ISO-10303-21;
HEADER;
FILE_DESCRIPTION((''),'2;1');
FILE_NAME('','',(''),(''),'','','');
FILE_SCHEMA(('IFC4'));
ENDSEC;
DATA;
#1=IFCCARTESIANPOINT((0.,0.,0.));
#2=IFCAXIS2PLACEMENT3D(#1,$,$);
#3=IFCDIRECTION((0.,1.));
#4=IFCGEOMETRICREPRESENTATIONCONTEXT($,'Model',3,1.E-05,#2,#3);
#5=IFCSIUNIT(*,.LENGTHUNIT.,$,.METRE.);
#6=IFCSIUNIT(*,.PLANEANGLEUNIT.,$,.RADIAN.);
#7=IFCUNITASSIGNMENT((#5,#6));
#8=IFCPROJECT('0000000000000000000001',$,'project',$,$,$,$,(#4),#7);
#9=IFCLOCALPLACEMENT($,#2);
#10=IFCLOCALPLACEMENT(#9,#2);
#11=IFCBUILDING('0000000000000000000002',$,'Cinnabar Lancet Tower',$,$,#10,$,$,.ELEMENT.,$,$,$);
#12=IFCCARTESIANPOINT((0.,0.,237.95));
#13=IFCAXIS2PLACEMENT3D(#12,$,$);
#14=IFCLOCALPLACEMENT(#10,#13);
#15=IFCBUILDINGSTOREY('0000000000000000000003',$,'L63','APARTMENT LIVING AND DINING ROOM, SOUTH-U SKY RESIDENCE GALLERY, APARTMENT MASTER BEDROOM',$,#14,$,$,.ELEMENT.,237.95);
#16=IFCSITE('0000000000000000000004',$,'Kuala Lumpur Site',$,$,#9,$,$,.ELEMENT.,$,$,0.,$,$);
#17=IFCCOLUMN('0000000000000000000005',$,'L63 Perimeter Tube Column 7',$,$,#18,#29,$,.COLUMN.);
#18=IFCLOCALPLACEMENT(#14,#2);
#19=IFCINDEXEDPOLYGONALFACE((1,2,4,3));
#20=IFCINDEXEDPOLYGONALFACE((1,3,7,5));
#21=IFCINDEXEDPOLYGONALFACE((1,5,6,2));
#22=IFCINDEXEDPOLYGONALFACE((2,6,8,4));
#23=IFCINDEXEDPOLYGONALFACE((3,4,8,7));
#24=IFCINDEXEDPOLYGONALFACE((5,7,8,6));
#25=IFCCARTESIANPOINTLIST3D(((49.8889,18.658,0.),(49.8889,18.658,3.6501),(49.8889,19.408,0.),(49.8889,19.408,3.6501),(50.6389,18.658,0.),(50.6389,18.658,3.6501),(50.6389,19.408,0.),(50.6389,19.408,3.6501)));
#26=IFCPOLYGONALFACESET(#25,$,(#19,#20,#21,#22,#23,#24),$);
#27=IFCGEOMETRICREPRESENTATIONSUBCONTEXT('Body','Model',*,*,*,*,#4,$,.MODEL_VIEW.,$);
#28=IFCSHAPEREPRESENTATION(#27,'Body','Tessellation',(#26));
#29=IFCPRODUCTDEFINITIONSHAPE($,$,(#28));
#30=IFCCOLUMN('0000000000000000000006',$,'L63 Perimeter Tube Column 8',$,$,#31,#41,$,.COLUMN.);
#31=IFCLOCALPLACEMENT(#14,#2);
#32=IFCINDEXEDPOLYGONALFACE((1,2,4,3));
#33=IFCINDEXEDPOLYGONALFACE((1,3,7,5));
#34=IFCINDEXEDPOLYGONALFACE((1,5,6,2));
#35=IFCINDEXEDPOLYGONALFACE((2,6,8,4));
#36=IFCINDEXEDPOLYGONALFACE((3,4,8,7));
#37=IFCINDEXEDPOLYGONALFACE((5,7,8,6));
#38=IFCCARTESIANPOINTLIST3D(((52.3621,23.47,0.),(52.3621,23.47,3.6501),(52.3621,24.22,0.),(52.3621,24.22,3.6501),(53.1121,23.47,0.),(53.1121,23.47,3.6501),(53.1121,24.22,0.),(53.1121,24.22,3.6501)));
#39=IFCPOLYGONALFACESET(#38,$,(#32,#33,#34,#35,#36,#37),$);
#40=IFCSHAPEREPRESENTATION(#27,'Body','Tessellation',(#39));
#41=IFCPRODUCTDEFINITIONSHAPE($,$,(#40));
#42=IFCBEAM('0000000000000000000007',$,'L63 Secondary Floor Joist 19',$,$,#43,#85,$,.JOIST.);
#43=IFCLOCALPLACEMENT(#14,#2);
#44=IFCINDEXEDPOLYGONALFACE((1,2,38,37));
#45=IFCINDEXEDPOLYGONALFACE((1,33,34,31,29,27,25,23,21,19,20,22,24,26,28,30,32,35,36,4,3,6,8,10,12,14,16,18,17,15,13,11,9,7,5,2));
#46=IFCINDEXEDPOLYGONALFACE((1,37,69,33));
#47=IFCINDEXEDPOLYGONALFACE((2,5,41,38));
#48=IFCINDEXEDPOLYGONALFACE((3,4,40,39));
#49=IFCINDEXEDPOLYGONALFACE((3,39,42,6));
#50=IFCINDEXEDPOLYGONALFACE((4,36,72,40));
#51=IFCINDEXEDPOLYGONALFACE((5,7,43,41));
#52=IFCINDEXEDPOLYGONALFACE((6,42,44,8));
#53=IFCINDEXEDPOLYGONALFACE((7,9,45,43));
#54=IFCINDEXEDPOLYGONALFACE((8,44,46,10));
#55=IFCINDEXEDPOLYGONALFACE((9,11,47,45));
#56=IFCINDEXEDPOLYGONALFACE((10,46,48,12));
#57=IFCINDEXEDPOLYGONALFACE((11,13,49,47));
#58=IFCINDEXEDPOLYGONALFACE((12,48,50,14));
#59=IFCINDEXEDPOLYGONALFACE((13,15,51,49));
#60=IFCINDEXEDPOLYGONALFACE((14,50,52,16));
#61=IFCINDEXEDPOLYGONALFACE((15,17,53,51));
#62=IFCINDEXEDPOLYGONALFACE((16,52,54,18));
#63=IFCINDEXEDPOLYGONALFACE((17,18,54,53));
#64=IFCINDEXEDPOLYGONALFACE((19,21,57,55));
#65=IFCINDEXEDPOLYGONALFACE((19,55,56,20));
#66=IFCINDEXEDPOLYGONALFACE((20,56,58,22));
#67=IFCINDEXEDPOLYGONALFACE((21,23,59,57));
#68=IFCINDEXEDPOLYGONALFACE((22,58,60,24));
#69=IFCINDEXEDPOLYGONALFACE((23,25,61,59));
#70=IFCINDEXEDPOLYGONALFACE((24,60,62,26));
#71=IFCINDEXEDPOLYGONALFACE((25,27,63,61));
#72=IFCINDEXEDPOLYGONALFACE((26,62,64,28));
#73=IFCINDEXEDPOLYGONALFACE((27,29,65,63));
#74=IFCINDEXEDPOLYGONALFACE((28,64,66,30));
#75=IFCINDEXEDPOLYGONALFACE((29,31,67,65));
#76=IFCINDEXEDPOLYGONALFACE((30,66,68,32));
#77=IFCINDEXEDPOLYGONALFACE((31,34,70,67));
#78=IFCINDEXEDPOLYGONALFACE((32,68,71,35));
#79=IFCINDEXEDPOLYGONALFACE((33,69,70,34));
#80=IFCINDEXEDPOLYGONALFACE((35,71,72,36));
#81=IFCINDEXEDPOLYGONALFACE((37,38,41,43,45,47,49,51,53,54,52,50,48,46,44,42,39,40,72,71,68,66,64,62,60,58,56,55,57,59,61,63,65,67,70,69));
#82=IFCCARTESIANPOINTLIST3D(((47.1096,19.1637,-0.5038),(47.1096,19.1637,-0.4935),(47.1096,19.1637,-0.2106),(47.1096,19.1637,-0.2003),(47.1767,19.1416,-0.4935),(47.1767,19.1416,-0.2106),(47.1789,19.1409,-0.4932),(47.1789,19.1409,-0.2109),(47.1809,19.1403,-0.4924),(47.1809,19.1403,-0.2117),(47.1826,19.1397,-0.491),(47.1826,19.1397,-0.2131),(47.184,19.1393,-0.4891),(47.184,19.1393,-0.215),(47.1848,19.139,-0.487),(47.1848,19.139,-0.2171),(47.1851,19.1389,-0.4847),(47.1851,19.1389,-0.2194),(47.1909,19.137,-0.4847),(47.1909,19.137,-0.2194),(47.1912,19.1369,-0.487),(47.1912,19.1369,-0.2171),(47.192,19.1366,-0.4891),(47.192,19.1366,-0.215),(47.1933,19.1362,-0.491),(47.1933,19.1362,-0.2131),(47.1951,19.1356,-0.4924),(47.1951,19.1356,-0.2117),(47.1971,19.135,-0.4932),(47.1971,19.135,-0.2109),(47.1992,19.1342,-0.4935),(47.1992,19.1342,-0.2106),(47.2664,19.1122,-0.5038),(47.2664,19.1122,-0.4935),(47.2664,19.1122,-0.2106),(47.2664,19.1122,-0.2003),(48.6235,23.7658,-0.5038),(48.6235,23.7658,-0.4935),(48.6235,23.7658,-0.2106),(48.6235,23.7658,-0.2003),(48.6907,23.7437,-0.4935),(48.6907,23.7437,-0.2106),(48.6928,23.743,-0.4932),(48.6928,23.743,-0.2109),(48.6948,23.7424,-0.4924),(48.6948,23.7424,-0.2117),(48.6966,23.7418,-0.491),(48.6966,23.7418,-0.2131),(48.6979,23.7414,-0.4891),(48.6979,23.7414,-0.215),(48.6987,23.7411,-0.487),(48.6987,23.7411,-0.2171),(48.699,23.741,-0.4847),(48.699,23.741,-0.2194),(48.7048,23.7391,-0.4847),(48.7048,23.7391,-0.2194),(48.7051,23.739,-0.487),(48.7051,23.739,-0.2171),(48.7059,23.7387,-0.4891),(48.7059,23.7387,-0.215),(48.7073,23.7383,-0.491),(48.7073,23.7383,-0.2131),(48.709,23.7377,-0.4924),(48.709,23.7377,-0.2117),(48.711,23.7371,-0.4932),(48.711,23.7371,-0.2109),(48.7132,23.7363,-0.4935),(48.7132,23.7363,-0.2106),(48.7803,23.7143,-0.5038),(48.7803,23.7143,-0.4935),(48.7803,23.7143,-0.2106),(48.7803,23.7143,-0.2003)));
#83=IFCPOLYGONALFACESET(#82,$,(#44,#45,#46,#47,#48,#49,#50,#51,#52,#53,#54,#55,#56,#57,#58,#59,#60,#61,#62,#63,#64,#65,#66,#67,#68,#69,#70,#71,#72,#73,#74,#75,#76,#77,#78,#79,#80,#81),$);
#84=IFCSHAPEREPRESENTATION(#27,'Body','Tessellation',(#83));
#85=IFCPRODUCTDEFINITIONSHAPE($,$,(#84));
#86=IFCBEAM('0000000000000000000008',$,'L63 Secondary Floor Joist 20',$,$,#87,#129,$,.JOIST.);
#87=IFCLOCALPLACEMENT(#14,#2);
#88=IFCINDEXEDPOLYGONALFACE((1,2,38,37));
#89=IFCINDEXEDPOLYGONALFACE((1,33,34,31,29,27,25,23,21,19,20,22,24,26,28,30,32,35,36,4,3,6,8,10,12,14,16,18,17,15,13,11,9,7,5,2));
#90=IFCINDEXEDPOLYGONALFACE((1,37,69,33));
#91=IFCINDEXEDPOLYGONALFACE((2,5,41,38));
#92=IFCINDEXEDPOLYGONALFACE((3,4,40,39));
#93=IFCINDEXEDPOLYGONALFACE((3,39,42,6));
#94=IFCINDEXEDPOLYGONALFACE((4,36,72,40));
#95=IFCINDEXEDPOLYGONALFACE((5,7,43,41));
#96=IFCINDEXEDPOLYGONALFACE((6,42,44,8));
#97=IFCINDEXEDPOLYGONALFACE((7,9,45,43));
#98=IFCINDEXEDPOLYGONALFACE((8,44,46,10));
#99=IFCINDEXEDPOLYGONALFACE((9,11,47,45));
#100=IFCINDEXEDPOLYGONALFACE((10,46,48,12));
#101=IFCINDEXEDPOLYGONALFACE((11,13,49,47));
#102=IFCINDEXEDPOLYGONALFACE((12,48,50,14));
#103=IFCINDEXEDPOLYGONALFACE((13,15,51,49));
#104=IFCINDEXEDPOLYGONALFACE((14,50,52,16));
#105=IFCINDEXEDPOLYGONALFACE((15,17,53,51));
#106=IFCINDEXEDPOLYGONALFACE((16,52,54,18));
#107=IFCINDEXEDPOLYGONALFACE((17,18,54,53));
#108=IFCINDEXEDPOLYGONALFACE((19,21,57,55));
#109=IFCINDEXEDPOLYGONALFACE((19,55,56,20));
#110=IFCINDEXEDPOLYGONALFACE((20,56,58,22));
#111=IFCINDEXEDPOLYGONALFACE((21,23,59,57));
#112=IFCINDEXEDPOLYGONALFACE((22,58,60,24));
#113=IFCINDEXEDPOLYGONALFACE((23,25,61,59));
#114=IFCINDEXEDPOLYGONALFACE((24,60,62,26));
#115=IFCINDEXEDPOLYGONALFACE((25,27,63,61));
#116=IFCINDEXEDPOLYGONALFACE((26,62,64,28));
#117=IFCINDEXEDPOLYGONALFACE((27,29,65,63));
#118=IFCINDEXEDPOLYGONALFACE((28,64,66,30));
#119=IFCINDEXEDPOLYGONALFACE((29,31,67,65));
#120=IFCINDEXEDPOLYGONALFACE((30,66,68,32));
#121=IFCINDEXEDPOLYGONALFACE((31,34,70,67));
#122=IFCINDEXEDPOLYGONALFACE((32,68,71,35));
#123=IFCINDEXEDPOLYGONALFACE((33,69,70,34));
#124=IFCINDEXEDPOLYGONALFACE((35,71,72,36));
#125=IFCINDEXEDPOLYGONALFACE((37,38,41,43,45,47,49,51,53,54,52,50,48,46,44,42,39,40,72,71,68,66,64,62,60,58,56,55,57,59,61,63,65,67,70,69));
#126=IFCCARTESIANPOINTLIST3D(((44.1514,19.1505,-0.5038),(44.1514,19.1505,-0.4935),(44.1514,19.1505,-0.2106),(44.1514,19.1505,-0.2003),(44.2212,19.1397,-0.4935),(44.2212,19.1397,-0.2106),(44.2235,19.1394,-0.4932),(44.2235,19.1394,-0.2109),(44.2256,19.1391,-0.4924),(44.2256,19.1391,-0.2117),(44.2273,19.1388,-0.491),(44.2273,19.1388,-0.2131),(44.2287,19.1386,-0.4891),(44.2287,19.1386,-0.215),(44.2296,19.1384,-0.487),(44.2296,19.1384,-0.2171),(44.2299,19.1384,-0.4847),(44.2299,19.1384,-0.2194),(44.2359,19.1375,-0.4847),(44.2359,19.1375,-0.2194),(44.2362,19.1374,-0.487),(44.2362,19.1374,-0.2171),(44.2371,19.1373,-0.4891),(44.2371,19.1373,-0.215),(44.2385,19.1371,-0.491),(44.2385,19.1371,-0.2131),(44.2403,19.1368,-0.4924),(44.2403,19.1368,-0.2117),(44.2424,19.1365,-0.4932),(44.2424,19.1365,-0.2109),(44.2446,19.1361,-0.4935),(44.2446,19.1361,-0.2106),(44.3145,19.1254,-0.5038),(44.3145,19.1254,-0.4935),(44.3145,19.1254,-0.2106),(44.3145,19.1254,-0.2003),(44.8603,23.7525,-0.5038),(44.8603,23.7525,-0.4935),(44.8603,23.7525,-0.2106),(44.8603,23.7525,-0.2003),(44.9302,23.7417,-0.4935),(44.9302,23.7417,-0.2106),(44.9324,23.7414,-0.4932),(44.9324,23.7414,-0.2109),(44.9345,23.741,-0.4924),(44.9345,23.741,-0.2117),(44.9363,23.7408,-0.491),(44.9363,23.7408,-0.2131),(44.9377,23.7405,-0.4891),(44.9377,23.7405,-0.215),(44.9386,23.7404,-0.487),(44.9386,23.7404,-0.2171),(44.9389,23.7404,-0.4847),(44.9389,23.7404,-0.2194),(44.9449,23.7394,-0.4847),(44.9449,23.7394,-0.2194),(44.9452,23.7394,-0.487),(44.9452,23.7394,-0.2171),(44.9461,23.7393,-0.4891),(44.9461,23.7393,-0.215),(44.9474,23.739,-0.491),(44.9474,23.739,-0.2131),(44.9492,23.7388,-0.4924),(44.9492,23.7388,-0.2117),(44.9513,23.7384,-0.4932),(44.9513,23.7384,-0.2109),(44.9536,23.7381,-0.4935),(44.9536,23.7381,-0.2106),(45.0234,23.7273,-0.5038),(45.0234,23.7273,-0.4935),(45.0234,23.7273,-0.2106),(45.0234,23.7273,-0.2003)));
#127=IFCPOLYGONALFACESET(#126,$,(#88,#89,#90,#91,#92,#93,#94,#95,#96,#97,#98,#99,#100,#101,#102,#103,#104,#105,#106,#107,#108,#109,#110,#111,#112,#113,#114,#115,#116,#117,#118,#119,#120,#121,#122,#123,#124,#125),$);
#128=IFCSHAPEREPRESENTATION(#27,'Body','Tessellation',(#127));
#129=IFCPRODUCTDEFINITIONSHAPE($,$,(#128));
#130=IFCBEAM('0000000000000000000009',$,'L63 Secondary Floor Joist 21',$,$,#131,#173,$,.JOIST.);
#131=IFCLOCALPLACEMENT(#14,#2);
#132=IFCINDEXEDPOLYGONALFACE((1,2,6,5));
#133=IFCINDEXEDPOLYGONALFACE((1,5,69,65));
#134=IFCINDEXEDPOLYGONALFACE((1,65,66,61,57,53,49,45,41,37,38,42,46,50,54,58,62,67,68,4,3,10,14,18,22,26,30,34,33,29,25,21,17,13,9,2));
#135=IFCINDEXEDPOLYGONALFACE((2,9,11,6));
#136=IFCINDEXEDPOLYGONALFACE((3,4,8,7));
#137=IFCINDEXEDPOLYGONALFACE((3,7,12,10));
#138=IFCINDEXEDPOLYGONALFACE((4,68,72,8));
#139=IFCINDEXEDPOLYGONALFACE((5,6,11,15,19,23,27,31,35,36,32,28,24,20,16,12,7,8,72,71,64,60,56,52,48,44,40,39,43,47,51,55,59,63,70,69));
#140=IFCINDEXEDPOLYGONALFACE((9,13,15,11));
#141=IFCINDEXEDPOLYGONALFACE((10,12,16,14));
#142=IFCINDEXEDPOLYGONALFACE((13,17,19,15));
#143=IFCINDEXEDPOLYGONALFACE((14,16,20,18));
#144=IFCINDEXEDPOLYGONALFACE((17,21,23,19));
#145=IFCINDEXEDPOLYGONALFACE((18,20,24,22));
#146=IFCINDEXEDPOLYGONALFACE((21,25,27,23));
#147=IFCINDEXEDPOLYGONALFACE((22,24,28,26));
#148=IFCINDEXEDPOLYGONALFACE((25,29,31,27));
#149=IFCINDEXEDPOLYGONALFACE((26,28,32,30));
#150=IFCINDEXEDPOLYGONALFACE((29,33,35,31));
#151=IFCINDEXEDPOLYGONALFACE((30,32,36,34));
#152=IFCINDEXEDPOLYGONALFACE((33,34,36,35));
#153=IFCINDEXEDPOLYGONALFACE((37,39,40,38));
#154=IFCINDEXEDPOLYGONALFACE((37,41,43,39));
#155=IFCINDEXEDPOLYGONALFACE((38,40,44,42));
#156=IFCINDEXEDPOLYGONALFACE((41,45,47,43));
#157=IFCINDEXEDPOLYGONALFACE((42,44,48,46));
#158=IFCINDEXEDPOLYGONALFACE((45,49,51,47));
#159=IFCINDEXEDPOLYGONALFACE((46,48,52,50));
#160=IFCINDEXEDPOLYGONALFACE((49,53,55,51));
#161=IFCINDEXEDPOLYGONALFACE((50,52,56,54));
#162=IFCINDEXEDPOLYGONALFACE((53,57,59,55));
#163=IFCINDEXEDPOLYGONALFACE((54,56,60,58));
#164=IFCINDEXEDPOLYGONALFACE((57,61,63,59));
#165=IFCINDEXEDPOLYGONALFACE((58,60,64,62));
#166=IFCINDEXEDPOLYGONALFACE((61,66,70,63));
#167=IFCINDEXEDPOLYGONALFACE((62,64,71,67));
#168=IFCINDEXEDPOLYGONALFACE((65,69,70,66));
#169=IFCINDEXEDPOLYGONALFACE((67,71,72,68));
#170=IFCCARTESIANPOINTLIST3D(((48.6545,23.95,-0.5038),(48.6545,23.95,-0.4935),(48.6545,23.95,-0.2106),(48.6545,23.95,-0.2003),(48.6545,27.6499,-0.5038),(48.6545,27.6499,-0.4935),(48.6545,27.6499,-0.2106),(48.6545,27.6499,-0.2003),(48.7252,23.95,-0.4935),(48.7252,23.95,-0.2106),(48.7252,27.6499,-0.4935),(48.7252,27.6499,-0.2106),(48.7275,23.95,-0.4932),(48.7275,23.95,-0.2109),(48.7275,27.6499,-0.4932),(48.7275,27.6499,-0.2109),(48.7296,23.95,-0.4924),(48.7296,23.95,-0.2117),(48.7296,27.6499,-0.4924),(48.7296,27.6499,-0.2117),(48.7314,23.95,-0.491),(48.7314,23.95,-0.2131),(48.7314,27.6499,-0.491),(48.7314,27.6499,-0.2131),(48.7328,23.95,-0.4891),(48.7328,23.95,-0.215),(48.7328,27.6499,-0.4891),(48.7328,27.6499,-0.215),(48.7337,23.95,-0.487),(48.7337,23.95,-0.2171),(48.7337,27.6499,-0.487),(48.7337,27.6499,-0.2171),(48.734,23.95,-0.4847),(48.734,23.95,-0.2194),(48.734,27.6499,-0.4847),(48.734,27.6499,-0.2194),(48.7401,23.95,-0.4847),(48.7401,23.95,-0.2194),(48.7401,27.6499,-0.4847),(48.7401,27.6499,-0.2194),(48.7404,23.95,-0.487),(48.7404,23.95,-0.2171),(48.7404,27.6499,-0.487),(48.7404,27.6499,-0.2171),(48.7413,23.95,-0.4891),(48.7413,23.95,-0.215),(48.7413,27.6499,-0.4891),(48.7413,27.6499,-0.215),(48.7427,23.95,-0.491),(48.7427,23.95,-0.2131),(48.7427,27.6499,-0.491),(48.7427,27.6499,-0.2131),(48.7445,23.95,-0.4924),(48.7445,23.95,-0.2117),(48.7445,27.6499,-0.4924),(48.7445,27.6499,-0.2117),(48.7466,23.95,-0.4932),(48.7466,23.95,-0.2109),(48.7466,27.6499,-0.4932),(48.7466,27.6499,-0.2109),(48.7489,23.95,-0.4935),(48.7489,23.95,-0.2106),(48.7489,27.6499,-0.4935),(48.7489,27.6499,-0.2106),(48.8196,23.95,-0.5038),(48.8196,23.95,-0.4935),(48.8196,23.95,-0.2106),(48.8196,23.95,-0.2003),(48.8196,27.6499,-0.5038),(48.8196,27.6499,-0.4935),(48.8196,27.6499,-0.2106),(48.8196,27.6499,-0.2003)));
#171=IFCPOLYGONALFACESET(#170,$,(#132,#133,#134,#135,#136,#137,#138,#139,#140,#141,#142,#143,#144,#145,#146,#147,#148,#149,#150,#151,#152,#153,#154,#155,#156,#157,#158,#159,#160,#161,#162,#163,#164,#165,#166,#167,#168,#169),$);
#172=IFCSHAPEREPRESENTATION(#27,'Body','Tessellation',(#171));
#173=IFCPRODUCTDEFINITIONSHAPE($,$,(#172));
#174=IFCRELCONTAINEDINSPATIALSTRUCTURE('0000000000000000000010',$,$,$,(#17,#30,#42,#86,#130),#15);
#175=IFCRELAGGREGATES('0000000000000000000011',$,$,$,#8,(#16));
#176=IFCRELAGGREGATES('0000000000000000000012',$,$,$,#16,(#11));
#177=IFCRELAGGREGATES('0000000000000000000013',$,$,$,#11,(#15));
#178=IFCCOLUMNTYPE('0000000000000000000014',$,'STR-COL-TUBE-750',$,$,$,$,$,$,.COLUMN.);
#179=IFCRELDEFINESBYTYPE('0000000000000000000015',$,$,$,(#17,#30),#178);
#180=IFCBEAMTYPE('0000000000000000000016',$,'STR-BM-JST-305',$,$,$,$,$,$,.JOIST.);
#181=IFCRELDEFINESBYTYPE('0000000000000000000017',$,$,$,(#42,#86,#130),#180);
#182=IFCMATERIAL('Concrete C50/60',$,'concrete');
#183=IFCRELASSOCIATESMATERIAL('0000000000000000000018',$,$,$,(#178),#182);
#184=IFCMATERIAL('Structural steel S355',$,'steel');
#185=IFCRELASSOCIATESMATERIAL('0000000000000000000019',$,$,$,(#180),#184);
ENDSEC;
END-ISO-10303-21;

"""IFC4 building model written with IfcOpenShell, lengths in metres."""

from ifc_helpers import new_model, si_unit, direction, frame, origin, origin_2d, place, context, subcontext, project, spatial, rectangle, i_section, extrude, material, material_profile, profile_set, type_object, element, save


model = new_model("IFC4")

# Units and contexts
model_context = context("Model", 3, precision=1e-05, world=origin(), true_north=direction((0.0, 1.0)))
body_context = subcontext(model_context, "Body", "Model", "MODEL_VIEW")
ifc_project = project(units=[si_unit("LENGTHUNIT", "METRE"), si_unit("PLANEANGLEUNIT", "RADIAN")], contexts=[model_context])

# Site, building, storey
site_placement = place(None, origin())
site = spatial("IfcSite", under=ifc_project, at=site_placement, Name="Kuala Lumpur Site", CompositionType="ELEMENT", RefElevation=0.0)
building_placement = place(site_placement, origin())
building = spatial("IfcBuilding", under=site, at=building_placement, Name="Cinnabar Lancet Tower", CompositionType="ELEMENT")
storey_placement = place(building_placement, frame((0.0, 0.0, 237.95)))
storey = spatial("IfcBuildingStorey", under=building, at=storey_placement, Name="L63", Description="APARTMENT LIVING AND DINING ROOM, SOUTH-U SKY RESIDENCE GALLERY, APARTMENT MASTER BEDROOM", CompositionType="ELEMENT", Elevation=237.95)

# Columns
ifc_material_1 = material(Name="Concrete C50/60", Category="concrete")
ifc_material_profile_1 = material_profile(ifc_material_1, rectangle(XDim=0.75, YDim=0.75, at=origin_2d()), Name="RC-COL 750x750")
ifc_profile_set_1 = profile_set([ifc_material_profile_1], Name="Concrete C50/60")
column_type = type_object("IfcColumnType", Name="STR-COL-TUBE-750", PredefinedType="COLUMN", material=ifc_profile_set_1)
for number, where, z_axis, x_axis, name in (
    (1, (50.2639, 19.033, 0.0), (0.0, 0.0, 1.0), (1.0, 0.0, 0.0), "L63 Perimeter Tube Column 7"),
    (2, (52.7371, 23.845, 0.0), (0.0, 0.0, 1.0), (1.0, 0.0, 0.0), "L63 Perimeter Tube Column 8"),
):
    element("IfcColumn", number, at=place(storey_placement, frame(where, z_axis=z_axis, x_axis=x_axis)), inside=storey, type_object=column_type, Name=name, PredefinedType="COLUMN", context=body_context, shape_type="SweptSolid", body=[
        extrude(rectangle(XDim=0.75, YDim=0.75, at=origin_2d()), origin(), (0.0, 0.0, 1.0), 3.6501),
    ])

# Beams
ifc_material_2 = material(Name="Structural steel S355", Category="steel")
ifc_material_profile_2 = material_profile(ifc_material_2, i_section(OverallWidth=0.165, OverallDepth=0.3035, WebThickness=0.0061, FlangeThickness=0.0103, FilletRadius=0.0088, at=origin_2d()), Name="UKB 305x165x40")
ifc_profile_set_2 = profile_set([ifc_material_profile_2], Name="Structural steel S355")
beam_type_1 = type_object("IfcBeamType", Name="STR-BM-JST-305", PredefinedType="JOIST", material=ifc_profile_set_2)
beam_1_placement = place(storey_placement, frame((47.188, 19.1379, -0.3521), z_axis=(0.312491, 0.949921, 0.0), x_axis=(-0.949921, 0.312491, 0.0)))
element("IfcBeam", 3, at=beam_1_placement, inside=storey, type_object=beam_type_1, Name="L63 Secondary Floor Joist 19", PredefinedType="JOIST", context=body_context, shape_type="SweptSolid", body=[
    extrude(i_section(OverallWidth=0.165, OverallDepth=0.3035, WebThickness=0.0061, FlangeThickness=0.0103, FilletRadius=0.0088, at=origin_2d()), origin(), (0.0, 0.0, 1.0), 4.8447),
])
beam_2_placement = place(storey_placement, frame((44.2329, 19.1379, -0.3521), z_axis=(0.152262, 0.98834, 0.0), x_axis=(-0.98834, 0.152262, 0.0)))
element("IfcBeam", 4, at=beam_2_placement, inside=storey, type_object=beam_type_1, Name="L63 Secondary Floor Joist 20", PredefinedType="JOIST", context=body_context, shape_type="SweptSolid", body=[
    extrude(i_section(OverallWidth=0.165, OverallDepth=0.3035, WebThickness=0.0061, FlangeThickness=0.0103, FilletRadius=0.0088, at=origin_2d()), origin(), (0.0, 0.0, 1.0), 4.6562),
])
for number, where, z_axis, x_axis, name in (
    (5, (48.7371, 23.95, -0.3521), (0.0, 1.0, 0.0), (-1.0, 0.0, 0.0), "L63 Secondary Floor Joist 21"),
):
    element("IfcBeam", number, at=place(storey_placement, frame(where, z_axis=z_axis, x_axis=x_axis)), inside=storey, type_object=beam_type_1, Name=name, PredefinedType="JOIST", context=body_context, shape_type="SweptSolid", body=[
        extrude(i_section(OverallWidth=0.165, OverallDepth=0.3035, WebThickness=0.0061, FlangeThickness=0.0103, FilletRadius=0.0088, at=origin_2d()), origin(), (0.0, 0.0, 1.0), 3.7),
    ])

save(model, "model.ifc")
